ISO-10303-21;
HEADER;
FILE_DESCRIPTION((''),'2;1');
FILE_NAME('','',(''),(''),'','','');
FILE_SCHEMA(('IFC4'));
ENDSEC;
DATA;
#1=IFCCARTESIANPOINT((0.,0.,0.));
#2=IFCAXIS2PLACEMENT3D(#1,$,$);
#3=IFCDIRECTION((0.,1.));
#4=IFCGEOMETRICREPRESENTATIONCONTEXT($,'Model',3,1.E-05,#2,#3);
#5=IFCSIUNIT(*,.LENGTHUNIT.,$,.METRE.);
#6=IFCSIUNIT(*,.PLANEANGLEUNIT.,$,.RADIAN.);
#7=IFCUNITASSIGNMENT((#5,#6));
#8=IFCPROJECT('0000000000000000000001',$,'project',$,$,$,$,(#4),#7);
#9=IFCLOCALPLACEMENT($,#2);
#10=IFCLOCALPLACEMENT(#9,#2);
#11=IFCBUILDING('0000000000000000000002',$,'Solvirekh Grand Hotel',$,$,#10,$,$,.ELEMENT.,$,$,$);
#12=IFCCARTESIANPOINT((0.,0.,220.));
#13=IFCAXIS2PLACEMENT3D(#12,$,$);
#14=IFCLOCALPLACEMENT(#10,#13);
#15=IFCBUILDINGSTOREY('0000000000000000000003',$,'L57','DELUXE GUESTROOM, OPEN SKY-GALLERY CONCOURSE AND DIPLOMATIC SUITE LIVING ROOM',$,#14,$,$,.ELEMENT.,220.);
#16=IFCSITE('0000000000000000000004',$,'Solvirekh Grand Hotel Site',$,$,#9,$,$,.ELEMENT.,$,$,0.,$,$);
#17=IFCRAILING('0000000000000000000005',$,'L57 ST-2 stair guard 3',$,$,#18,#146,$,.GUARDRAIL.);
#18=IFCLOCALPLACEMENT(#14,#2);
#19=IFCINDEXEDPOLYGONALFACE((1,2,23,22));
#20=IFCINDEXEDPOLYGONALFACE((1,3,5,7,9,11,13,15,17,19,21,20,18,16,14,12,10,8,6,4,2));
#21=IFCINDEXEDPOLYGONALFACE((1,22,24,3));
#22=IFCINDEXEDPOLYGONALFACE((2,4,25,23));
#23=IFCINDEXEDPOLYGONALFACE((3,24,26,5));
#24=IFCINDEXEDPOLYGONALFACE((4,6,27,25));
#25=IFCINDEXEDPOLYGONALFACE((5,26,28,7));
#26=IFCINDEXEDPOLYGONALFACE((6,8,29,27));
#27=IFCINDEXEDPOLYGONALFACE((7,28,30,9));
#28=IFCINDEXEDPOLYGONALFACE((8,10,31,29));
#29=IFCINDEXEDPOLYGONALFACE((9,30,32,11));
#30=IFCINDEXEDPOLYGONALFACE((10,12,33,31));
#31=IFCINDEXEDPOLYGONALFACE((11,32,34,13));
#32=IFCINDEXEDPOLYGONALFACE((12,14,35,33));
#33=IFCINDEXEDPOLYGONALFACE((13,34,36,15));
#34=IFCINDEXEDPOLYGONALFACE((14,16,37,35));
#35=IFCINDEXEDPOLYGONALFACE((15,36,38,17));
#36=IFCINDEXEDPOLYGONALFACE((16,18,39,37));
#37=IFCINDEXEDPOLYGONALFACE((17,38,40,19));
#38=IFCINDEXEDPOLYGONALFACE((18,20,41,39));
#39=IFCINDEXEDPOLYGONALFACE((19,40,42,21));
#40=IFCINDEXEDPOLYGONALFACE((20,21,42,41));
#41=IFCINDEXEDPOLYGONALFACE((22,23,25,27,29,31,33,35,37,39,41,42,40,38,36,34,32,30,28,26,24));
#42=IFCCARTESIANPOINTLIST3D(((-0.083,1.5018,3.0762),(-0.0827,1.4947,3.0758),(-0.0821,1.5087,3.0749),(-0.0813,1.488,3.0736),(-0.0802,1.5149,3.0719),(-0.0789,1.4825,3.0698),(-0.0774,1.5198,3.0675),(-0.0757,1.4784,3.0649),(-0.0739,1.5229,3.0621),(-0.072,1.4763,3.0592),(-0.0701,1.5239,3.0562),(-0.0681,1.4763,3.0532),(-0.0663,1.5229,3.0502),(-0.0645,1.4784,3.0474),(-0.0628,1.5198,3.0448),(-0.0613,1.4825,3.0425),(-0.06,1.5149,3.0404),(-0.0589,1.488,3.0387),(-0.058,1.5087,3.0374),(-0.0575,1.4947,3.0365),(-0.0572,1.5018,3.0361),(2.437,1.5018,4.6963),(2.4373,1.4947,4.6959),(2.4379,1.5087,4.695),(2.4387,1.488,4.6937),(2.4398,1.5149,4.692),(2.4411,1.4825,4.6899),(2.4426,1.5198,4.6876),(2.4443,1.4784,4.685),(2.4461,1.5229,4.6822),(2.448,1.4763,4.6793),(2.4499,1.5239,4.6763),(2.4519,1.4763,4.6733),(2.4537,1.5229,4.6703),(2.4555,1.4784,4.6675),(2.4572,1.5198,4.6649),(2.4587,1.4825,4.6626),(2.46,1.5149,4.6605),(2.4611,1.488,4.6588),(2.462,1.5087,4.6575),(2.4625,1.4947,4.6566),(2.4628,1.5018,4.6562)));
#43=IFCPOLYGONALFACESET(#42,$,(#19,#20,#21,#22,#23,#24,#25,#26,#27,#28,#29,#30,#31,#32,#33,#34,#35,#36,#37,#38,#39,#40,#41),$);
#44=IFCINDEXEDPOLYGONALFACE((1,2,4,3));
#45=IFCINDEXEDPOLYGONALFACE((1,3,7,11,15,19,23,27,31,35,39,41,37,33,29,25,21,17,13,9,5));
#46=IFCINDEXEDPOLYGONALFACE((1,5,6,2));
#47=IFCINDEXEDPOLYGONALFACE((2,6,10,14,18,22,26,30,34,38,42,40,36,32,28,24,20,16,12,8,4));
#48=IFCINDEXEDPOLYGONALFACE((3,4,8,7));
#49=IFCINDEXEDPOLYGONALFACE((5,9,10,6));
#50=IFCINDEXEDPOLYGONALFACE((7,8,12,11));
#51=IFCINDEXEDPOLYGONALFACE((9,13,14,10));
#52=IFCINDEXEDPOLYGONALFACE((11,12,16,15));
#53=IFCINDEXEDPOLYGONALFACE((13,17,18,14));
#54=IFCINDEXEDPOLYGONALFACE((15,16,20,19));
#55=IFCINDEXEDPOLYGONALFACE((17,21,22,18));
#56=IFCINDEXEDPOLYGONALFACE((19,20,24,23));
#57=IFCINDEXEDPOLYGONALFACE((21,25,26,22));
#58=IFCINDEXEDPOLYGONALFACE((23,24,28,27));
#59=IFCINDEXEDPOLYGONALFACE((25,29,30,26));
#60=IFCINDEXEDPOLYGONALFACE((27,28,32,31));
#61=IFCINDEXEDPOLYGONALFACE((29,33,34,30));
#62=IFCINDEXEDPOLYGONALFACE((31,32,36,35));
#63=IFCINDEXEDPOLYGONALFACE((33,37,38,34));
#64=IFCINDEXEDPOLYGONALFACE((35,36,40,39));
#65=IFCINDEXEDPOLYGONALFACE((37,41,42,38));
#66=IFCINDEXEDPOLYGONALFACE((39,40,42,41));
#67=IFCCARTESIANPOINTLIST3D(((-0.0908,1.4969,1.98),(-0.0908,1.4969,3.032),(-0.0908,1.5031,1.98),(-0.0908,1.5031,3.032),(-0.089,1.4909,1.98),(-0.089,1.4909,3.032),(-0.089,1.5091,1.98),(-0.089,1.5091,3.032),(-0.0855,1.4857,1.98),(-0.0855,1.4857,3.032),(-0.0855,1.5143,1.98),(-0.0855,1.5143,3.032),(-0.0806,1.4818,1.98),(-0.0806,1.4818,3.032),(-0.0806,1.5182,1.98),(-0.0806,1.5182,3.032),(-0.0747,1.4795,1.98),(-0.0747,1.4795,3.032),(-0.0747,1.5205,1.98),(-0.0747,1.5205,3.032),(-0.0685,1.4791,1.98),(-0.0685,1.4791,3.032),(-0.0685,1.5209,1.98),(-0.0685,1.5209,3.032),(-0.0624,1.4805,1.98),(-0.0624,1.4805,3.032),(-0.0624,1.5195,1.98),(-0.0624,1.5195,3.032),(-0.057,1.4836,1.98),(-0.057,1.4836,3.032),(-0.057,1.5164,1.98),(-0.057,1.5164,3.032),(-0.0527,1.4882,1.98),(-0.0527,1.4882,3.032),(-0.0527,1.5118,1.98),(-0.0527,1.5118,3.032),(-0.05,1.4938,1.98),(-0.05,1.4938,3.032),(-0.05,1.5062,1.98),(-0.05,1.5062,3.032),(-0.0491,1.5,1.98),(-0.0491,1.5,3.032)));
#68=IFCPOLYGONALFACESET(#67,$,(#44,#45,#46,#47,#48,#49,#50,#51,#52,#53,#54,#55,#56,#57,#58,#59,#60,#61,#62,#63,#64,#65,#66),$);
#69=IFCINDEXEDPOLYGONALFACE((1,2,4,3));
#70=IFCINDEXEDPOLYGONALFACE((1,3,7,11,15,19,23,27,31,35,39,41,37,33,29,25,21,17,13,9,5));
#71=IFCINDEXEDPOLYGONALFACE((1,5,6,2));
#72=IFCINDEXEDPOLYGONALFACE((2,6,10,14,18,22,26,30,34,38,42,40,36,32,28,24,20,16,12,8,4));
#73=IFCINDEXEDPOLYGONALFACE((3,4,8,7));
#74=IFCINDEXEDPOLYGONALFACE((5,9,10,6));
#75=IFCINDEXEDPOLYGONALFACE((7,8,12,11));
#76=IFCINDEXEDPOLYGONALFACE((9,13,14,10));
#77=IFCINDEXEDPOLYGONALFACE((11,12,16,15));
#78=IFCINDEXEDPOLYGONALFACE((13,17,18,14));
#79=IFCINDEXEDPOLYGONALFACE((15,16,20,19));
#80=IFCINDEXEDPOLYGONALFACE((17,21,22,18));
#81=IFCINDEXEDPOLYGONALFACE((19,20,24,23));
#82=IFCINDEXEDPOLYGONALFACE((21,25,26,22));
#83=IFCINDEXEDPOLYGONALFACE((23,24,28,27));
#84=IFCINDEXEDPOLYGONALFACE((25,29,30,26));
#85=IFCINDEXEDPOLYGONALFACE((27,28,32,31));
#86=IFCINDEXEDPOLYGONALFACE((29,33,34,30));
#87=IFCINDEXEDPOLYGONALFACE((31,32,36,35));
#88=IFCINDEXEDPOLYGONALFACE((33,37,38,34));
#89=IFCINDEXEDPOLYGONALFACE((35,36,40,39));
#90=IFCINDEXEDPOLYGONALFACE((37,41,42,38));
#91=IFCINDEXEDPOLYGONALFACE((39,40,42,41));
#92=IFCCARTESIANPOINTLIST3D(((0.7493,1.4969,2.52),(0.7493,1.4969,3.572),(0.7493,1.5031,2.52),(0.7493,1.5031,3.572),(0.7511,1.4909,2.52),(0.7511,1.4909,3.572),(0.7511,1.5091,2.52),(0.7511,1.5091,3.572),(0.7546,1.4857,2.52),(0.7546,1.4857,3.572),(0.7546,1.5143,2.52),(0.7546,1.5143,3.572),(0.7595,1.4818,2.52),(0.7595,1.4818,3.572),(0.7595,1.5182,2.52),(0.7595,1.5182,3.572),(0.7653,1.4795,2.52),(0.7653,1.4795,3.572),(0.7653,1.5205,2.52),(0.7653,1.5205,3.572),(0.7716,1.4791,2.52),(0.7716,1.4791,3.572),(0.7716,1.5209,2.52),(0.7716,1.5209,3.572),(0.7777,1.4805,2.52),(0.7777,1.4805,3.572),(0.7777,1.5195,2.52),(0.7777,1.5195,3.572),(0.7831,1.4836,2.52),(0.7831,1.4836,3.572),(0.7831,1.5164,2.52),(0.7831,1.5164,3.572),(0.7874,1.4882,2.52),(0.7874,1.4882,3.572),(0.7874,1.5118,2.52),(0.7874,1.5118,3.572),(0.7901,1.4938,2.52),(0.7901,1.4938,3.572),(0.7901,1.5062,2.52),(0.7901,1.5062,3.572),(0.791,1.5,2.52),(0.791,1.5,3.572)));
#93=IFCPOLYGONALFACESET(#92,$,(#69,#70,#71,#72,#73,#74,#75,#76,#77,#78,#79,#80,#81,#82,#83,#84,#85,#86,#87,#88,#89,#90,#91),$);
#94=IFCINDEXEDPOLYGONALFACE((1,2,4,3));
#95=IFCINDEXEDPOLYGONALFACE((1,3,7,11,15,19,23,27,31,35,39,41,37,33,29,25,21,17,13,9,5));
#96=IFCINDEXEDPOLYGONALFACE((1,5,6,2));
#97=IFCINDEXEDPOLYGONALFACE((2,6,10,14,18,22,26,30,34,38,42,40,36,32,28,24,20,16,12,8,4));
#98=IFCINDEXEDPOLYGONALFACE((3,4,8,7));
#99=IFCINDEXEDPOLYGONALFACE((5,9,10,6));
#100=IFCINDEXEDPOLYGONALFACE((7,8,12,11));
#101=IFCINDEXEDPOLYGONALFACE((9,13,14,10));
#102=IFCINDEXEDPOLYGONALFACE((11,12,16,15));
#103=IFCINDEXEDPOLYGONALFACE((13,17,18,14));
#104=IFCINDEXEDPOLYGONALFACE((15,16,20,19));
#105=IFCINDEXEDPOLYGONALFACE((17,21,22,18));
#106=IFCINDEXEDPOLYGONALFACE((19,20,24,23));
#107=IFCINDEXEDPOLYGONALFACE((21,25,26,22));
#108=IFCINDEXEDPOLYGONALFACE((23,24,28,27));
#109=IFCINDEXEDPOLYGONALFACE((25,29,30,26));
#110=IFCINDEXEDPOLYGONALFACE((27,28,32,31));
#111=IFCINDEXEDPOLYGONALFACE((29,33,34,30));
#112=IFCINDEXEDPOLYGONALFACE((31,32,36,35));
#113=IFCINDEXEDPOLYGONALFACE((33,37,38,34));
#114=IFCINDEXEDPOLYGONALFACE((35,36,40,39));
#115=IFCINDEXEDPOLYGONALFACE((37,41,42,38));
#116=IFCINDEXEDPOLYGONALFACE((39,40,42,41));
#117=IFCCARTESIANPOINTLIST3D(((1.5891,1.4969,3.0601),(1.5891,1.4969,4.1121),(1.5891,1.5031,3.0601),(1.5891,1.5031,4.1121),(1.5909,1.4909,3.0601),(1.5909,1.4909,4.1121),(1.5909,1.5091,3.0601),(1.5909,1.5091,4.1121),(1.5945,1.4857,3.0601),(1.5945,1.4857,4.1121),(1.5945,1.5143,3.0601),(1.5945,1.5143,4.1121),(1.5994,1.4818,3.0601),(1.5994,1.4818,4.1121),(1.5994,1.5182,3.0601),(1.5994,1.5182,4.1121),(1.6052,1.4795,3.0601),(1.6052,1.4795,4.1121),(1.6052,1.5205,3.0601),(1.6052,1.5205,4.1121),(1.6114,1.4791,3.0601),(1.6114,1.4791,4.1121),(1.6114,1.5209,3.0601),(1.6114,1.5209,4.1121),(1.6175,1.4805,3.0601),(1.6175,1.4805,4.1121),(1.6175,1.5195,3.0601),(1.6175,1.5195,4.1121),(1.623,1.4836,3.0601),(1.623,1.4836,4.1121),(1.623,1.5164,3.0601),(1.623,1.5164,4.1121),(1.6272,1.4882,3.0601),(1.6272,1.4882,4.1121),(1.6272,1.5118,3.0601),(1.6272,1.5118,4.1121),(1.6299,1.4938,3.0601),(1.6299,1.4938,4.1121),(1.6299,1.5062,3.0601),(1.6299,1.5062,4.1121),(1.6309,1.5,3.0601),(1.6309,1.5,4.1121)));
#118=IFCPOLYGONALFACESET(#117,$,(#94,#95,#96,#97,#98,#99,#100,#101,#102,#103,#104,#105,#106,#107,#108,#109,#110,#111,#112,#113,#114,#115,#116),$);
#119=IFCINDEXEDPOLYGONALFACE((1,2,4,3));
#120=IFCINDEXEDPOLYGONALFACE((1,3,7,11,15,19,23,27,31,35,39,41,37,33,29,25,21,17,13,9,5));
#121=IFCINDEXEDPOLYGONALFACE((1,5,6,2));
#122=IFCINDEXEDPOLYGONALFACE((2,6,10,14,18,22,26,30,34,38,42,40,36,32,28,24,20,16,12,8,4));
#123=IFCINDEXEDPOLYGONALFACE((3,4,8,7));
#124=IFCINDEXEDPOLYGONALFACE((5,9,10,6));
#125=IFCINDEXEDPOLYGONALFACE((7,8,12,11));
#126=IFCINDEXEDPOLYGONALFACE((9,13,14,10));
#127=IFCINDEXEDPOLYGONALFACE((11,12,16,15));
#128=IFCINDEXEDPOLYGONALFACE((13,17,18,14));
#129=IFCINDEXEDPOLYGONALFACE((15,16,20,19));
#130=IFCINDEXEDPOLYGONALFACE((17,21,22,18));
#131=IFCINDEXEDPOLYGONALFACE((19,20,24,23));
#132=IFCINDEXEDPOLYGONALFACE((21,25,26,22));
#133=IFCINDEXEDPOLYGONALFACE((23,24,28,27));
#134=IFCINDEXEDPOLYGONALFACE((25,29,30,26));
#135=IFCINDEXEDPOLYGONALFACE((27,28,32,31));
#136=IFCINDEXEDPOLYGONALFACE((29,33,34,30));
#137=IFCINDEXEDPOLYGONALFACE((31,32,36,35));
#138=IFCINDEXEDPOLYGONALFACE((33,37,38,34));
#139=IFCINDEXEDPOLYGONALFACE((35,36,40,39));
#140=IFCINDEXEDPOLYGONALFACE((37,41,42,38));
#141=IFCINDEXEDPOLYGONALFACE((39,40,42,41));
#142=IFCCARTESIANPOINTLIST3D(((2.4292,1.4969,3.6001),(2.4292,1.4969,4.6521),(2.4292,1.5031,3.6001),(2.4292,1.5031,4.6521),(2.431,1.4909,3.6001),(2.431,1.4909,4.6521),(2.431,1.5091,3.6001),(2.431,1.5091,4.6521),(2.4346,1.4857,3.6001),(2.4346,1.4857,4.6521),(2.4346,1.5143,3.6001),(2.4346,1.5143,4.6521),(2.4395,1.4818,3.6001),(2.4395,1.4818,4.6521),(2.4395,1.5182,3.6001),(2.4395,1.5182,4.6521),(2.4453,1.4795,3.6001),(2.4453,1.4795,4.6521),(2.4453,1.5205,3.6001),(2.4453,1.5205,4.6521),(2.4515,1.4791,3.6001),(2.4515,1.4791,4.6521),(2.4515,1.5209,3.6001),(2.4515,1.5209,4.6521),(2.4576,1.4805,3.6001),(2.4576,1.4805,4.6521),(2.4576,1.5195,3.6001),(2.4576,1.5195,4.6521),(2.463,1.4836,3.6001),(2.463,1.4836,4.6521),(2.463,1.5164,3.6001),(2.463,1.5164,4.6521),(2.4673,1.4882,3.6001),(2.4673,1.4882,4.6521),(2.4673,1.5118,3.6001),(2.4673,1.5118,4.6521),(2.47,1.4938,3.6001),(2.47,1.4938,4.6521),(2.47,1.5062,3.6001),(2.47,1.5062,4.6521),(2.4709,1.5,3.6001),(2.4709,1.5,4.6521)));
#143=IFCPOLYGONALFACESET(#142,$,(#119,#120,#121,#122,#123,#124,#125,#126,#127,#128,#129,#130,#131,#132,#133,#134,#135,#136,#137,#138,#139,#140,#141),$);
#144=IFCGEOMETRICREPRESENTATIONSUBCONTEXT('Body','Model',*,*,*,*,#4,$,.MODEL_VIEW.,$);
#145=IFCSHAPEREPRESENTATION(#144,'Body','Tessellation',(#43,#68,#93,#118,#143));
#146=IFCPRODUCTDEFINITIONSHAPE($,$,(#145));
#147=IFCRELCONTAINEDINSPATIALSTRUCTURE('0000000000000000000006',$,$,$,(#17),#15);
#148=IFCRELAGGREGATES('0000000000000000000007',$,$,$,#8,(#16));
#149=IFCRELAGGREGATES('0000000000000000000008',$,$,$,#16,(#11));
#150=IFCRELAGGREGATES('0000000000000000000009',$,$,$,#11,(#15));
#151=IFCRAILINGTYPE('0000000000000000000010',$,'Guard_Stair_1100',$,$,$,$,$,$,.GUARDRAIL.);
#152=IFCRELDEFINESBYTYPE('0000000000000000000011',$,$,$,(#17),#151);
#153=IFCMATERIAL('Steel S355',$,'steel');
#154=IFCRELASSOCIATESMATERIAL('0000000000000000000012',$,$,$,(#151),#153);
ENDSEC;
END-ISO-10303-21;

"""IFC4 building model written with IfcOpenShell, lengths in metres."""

from ifc_helpers import new_model, si_unit, direction, frame, origin, origin_2d, place, context, subcontext, project, spatial, circle, extrude, material, type_object, element, save


model = new_model("IFC4")

# Units and contexts
model_context = context("Model", 3, precision=1e-05, world=origin(), true_north=direction((0.0, 1.0)))
body_context = subcontext(model_context, "Body", "Model", "MODEL_VIEW")
ifc_project = project(units=[si_unit("LENGTHUNIT", "METRE"), si_unit("PLANEANGLEUNIT", "RADIAN")], contexts=[model_context])

# Site, building, storey
site_placement = place(None, origin())
site = spatial("IfcSite", under=ifc_project, at=site_placement, Name="Solvirekh Grand Hotel Site", CompositionType="ELEMENT", RefElevation=0.0)
building_placement = place(site_placement, origin())
building = spatial("IfcBuilding", under=site, at=building_placement, Name="Solvirekh Grand Hotel", CompositionType="ELEMENT")
storey_placement = place(building_placement, frame((0.0, 0.0, 220.0)))
storey = spatial("IfcBuildingStorey", under=building, at=storey_placement, Name="L57", Description="DELUXE GUESTROOM, OPEN SKY-GALLERY CONCOURSE AND DIPLOMATIC SUITE LIVING ROOM", CompositionType="ELEMENT", Elevation=220.0)

# Railing
ifc_material_1 = material(Name="Steel S355", Category="steel")
railing_type_1 = type_object("IfcRailingType", Name="Guard_Stair_1100", PredefinedType="GUARDRAIL", material=ifc_material_1)
railing_1_placement = place(storey_placement, frame((-0.0701, 1.5, 1.98)))
element("IfcRailing", 1, at=railing_1_placement, inside=storey, type_object=railing_type_1, Name="L57 ST-2 stair guard 3", PredefinedType="GUARDRAIL", context=body_context, shape_type="SweptSolid", body=[
    extrude(circle(Radius=0.0239, at=origin_2d()), frame((0.0, 0.0, 1.0762), z_axis=(0.841163, 0.0, 0.540782), x_axis=(0.0, 1.0, 0.0)), (0.0, 0.0, 1.0), 2.9958),
    extrude(circle(Radius=0.021, at=origin_2d()), origin(), (0.0, 0.0, 1.0), 1.052),
    extrude(circle(Radius=0.021, at=origin_2d()), frame((0.8401, 0.0, 0.54)), (0.0, 0.0, 1.0), 1.052),
    extrude(circle(Radius=0.021, at=origin_2d()), frame((1.6799, 0.0, 1.0801)), (0.0, 0.0, 1.0), 1.052),
    extrude(circle(Radius=0.021, at=origin_2d()), frame((2.52, 0.0, 1.6201)), (0.0, 0.0, 1.0), 1.052),
])

save(model, "model.ifc")
